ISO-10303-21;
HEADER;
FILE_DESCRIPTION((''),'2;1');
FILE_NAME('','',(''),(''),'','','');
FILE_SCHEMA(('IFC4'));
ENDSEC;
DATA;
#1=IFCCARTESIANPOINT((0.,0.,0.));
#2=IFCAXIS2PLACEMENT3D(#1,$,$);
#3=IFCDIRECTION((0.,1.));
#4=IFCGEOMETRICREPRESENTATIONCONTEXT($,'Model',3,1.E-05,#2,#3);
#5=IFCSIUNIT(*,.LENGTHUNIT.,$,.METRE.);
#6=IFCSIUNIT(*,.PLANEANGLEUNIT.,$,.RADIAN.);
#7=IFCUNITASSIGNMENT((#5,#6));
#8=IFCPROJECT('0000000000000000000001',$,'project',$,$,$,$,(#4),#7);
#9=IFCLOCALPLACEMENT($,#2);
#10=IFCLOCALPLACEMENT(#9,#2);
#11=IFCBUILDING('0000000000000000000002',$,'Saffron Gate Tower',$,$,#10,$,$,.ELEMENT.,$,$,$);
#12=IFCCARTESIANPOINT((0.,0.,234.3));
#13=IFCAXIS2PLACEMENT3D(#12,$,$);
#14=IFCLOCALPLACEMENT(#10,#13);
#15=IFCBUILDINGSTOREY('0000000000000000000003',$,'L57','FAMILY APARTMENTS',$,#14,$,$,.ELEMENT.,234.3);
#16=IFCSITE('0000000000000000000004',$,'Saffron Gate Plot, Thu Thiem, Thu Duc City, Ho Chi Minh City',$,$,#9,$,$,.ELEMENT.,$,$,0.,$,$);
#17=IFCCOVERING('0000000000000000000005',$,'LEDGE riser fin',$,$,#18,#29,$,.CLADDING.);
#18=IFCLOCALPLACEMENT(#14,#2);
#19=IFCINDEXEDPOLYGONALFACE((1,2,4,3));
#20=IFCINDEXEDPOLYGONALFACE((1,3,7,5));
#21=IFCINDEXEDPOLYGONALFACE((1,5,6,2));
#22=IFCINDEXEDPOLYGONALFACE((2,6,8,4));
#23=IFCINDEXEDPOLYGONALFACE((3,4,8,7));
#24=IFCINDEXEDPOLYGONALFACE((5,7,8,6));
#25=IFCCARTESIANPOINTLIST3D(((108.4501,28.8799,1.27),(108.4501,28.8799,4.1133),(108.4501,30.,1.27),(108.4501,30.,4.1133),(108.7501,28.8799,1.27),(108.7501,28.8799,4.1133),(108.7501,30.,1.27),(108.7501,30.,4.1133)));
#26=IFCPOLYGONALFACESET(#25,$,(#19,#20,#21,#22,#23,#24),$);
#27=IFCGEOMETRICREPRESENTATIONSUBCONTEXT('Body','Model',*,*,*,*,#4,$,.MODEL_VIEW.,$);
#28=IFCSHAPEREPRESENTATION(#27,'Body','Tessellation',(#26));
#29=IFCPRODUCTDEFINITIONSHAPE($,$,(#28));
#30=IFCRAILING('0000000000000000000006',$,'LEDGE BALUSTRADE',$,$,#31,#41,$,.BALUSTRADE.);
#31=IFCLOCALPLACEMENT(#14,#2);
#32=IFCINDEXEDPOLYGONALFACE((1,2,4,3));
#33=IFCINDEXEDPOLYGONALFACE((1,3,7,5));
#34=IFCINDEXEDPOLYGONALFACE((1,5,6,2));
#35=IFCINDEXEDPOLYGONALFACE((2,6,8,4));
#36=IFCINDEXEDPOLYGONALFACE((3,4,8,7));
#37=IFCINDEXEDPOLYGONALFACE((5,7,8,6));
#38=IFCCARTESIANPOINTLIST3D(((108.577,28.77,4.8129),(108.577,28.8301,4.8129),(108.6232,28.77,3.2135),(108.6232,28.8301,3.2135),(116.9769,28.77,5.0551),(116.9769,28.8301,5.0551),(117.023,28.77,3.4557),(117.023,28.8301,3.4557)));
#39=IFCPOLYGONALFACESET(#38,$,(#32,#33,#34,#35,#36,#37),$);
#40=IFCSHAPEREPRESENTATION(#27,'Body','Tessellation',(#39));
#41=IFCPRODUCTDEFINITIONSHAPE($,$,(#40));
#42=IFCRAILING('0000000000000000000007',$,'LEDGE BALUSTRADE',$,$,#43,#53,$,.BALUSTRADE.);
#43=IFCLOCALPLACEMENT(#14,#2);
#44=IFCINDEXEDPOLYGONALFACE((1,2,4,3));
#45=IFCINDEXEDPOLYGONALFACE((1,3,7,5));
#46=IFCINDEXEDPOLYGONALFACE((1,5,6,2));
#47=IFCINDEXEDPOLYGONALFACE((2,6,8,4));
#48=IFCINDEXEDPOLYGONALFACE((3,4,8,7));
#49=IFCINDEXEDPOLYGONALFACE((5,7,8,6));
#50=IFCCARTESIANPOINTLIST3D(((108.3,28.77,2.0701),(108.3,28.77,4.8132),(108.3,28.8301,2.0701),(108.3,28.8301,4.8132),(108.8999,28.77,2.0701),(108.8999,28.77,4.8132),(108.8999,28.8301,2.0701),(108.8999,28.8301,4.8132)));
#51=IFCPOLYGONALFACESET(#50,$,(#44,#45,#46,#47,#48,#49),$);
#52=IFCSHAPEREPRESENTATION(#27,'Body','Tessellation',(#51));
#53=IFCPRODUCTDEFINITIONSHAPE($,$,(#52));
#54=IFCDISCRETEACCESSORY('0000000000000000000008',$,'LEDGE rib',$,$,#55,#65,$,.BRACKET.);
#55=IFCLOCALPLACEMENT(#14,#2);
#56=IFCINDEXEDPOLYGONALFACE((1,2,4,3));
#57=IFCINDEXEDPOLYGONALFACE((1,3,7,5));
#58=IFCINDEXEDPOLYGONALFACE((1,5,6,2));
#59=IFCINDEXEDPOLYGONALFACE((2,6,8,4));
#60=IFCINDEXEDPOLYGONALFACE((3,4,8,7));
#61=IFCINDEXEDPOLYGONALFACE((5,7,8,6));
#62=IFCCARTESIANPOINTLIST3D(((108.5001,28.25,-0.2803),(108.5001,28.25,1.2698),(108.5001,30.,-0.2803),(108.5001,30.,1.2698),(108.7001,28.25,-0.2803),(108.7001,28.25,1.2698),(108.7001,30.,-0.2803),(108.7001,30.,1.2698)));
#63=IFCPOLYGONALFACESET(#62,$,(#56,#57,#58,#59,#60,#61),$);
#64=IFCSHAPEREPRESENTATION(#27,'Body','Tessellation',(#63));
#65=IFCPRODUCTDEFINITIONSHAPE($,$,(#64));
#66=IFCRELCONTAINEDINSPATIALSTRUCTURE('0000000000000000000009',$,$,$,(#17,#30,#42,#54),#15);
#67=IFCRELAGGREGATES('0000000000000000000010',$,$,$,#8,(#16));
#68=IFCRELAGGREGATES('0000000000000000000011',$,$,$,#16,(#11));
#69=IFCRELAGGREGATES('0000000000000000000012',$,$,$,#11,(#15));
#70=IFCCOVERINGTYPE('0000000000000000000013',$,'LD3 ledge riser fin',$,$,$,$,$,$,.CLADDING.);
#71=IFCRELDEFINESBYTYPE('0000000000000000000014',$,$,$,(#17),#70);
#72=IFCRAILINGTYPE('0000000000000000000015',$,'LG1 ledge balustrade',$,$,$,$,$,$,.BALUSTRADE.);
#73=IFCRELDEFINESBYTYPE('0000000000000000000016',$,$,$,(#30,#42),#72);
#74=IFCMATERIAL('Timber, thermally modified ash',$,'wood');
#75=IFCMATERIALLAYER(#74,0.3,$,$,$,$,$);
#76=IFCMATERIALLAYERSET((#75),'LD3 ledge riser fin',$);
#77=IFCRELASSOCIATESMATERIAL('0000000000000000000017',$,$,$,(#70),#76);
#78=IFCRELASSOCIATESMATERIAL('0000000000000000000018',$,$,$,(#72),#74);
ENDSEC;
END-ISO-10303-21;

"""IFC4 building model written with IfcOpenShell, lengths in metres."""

from ifc_helpers import new_model, si_unit, direction, frame, origin, origin_2d, place, context, subcontext, project, spatial, rectangle, extrude, material, layer, layer_set, type_object, element, save


model = new_model("IFC4")

# Units and contexts
model_context = context("Model", 3, precision=1e-05, world=origin(), true_north=direction((0.0, 1.0)))
body_context = subcontext(model_context, "Body", "Model", "MODEL_VIEW")
ifc_project = project(units=[si_unit("LENGTHUNIT", "METRE"), si_unit("PLANEANGLEUNIT", "RADIAN")], contexts=[model_context])

# Site, building, storey
site_placement = place(None, origin())
site = spatial("IfcSite", under=ifc_project, at=site_placement, Name="Saffron Gate Plot, Thu Thiem, Thu Duc City, Ho Chi Minh City", CompositionType="ELEMENT", RefElevation=0.0)
building_placement = place(site_placement, origin())
building = spatial("IfcBuilding", under=site, at=building_placement, Name="Saffron Gate Tower", CompositionType="ELEMENT")
storey_placement = place(building_placement, frame((0.0, 0.0, 234.3)))
storey = spatial("IfcBuildingStorey", under=building, at=storey_placement, Name="L57", Description="FAMILY APARTMENTS", CompositionType="ELEMENT", Elevation=234.3)

# Covering
ifc_material_1 = material(Name="Timber, thermally modified ash", Category="wood")
ifc_layer_1 = layer(ifc_material_1, 0.3)
ifc_layer_set_1 = layer_set([ifc_layer_1], Name="LD3 ledge riser fin")
covering_type_1 = type_object("IfcCoveringType", Name="LD3 ledge riser fin", PredefinedType="CLADDING", material=ifc_layer_set_1)
covering_1_placement = place(storey_placement, frame((108.6001, 29.4399, 1.27), z_axis=(0.0, 0.0, 1.0), x_axis=(1.0, 0.0, 0.0)))
element("IfcCovering", 1, at=covering_1_placement, inside=storey, type_object=covering_type_1, Name="LEDGE riser fin", PredefinedType="CLADDING", context=body_context, shape_type="SweptSolid", body=[
    extrude(rectangle(XDim=0.3, YDim=1.1201, at=origin_2d()), origin(), (0.0, 0.0, 1.0), 2.8433),
])

# Railings
railing_type_1 = type_object("IfcRailingType", Name="LG1 ledge balustrade", PredefinedType="BALUSTRADE", material=ifc_material_1)
railing_1_placement = place(storey_placement, frame((108.6001, 28.8, 3.2131)))
element("IfcRailing", 2, at=railing_1_placement, inside=storey, type_object=railing_type_1, Name="LEDGE BALUSTRADE", PredefinedType="BALUSTRADE", context=body_context, shape_type="SweptSolid", body=[
    extrude(rectangle(XDim=0.0601, YDim=1.6001, at=origin_2d()), frame((0.0, 0.0, 0.8), z_axis=(0.999585, 0.0, 0.02882), x_axis=(0.0, 1.0, 0.0)), (0.0, 0.0, 1.0), 8.4033),
])
railing_2_placement = place(storey_placement, frame((108.3, 28.8, 2.0701)))
element("IfcRailing", 3, at=railing_2_placement, inside=storey, type_object=railing_type_1, Name="LEDGE BALUSTRADE", PredefinedType="BALUSTRADE", context=body_context, shape_type="SweptSolid", body=[
    extrude(rectangle(XDim=0.0601, YDim=2.7432, at=origin_2d()), frame((0.0, 0.0, 1.3716), z_axis=(1.0, 0.0, 0.0), x_axis=(0.0, 1.0, 0.0)), (0.0, 0.0, 1.0), 0.5999),
])

# Discrete accessory
discrete_accessory_placement = place(storey_placement, frame((108.6001, 29.125, -0.2803), z_axis=(0.0, 0.0, 1.0), x_axis=(1.0, 0.0, 0.0)))
element("IfcDiscreteAccessory", 4, at=discrete_accessory_placement, inside=storey, Name="LEDGE rib", PredefinedType="BRACKET", context=body_context, shape_type="SweptSolid", body=[
    extrude(rectangle(XDim=0.2, YDim=1.75, at=origin_2d()), origin(), (0.0, 0.0, 1.0), 1.55),
])

save(model, "model.ifc")
